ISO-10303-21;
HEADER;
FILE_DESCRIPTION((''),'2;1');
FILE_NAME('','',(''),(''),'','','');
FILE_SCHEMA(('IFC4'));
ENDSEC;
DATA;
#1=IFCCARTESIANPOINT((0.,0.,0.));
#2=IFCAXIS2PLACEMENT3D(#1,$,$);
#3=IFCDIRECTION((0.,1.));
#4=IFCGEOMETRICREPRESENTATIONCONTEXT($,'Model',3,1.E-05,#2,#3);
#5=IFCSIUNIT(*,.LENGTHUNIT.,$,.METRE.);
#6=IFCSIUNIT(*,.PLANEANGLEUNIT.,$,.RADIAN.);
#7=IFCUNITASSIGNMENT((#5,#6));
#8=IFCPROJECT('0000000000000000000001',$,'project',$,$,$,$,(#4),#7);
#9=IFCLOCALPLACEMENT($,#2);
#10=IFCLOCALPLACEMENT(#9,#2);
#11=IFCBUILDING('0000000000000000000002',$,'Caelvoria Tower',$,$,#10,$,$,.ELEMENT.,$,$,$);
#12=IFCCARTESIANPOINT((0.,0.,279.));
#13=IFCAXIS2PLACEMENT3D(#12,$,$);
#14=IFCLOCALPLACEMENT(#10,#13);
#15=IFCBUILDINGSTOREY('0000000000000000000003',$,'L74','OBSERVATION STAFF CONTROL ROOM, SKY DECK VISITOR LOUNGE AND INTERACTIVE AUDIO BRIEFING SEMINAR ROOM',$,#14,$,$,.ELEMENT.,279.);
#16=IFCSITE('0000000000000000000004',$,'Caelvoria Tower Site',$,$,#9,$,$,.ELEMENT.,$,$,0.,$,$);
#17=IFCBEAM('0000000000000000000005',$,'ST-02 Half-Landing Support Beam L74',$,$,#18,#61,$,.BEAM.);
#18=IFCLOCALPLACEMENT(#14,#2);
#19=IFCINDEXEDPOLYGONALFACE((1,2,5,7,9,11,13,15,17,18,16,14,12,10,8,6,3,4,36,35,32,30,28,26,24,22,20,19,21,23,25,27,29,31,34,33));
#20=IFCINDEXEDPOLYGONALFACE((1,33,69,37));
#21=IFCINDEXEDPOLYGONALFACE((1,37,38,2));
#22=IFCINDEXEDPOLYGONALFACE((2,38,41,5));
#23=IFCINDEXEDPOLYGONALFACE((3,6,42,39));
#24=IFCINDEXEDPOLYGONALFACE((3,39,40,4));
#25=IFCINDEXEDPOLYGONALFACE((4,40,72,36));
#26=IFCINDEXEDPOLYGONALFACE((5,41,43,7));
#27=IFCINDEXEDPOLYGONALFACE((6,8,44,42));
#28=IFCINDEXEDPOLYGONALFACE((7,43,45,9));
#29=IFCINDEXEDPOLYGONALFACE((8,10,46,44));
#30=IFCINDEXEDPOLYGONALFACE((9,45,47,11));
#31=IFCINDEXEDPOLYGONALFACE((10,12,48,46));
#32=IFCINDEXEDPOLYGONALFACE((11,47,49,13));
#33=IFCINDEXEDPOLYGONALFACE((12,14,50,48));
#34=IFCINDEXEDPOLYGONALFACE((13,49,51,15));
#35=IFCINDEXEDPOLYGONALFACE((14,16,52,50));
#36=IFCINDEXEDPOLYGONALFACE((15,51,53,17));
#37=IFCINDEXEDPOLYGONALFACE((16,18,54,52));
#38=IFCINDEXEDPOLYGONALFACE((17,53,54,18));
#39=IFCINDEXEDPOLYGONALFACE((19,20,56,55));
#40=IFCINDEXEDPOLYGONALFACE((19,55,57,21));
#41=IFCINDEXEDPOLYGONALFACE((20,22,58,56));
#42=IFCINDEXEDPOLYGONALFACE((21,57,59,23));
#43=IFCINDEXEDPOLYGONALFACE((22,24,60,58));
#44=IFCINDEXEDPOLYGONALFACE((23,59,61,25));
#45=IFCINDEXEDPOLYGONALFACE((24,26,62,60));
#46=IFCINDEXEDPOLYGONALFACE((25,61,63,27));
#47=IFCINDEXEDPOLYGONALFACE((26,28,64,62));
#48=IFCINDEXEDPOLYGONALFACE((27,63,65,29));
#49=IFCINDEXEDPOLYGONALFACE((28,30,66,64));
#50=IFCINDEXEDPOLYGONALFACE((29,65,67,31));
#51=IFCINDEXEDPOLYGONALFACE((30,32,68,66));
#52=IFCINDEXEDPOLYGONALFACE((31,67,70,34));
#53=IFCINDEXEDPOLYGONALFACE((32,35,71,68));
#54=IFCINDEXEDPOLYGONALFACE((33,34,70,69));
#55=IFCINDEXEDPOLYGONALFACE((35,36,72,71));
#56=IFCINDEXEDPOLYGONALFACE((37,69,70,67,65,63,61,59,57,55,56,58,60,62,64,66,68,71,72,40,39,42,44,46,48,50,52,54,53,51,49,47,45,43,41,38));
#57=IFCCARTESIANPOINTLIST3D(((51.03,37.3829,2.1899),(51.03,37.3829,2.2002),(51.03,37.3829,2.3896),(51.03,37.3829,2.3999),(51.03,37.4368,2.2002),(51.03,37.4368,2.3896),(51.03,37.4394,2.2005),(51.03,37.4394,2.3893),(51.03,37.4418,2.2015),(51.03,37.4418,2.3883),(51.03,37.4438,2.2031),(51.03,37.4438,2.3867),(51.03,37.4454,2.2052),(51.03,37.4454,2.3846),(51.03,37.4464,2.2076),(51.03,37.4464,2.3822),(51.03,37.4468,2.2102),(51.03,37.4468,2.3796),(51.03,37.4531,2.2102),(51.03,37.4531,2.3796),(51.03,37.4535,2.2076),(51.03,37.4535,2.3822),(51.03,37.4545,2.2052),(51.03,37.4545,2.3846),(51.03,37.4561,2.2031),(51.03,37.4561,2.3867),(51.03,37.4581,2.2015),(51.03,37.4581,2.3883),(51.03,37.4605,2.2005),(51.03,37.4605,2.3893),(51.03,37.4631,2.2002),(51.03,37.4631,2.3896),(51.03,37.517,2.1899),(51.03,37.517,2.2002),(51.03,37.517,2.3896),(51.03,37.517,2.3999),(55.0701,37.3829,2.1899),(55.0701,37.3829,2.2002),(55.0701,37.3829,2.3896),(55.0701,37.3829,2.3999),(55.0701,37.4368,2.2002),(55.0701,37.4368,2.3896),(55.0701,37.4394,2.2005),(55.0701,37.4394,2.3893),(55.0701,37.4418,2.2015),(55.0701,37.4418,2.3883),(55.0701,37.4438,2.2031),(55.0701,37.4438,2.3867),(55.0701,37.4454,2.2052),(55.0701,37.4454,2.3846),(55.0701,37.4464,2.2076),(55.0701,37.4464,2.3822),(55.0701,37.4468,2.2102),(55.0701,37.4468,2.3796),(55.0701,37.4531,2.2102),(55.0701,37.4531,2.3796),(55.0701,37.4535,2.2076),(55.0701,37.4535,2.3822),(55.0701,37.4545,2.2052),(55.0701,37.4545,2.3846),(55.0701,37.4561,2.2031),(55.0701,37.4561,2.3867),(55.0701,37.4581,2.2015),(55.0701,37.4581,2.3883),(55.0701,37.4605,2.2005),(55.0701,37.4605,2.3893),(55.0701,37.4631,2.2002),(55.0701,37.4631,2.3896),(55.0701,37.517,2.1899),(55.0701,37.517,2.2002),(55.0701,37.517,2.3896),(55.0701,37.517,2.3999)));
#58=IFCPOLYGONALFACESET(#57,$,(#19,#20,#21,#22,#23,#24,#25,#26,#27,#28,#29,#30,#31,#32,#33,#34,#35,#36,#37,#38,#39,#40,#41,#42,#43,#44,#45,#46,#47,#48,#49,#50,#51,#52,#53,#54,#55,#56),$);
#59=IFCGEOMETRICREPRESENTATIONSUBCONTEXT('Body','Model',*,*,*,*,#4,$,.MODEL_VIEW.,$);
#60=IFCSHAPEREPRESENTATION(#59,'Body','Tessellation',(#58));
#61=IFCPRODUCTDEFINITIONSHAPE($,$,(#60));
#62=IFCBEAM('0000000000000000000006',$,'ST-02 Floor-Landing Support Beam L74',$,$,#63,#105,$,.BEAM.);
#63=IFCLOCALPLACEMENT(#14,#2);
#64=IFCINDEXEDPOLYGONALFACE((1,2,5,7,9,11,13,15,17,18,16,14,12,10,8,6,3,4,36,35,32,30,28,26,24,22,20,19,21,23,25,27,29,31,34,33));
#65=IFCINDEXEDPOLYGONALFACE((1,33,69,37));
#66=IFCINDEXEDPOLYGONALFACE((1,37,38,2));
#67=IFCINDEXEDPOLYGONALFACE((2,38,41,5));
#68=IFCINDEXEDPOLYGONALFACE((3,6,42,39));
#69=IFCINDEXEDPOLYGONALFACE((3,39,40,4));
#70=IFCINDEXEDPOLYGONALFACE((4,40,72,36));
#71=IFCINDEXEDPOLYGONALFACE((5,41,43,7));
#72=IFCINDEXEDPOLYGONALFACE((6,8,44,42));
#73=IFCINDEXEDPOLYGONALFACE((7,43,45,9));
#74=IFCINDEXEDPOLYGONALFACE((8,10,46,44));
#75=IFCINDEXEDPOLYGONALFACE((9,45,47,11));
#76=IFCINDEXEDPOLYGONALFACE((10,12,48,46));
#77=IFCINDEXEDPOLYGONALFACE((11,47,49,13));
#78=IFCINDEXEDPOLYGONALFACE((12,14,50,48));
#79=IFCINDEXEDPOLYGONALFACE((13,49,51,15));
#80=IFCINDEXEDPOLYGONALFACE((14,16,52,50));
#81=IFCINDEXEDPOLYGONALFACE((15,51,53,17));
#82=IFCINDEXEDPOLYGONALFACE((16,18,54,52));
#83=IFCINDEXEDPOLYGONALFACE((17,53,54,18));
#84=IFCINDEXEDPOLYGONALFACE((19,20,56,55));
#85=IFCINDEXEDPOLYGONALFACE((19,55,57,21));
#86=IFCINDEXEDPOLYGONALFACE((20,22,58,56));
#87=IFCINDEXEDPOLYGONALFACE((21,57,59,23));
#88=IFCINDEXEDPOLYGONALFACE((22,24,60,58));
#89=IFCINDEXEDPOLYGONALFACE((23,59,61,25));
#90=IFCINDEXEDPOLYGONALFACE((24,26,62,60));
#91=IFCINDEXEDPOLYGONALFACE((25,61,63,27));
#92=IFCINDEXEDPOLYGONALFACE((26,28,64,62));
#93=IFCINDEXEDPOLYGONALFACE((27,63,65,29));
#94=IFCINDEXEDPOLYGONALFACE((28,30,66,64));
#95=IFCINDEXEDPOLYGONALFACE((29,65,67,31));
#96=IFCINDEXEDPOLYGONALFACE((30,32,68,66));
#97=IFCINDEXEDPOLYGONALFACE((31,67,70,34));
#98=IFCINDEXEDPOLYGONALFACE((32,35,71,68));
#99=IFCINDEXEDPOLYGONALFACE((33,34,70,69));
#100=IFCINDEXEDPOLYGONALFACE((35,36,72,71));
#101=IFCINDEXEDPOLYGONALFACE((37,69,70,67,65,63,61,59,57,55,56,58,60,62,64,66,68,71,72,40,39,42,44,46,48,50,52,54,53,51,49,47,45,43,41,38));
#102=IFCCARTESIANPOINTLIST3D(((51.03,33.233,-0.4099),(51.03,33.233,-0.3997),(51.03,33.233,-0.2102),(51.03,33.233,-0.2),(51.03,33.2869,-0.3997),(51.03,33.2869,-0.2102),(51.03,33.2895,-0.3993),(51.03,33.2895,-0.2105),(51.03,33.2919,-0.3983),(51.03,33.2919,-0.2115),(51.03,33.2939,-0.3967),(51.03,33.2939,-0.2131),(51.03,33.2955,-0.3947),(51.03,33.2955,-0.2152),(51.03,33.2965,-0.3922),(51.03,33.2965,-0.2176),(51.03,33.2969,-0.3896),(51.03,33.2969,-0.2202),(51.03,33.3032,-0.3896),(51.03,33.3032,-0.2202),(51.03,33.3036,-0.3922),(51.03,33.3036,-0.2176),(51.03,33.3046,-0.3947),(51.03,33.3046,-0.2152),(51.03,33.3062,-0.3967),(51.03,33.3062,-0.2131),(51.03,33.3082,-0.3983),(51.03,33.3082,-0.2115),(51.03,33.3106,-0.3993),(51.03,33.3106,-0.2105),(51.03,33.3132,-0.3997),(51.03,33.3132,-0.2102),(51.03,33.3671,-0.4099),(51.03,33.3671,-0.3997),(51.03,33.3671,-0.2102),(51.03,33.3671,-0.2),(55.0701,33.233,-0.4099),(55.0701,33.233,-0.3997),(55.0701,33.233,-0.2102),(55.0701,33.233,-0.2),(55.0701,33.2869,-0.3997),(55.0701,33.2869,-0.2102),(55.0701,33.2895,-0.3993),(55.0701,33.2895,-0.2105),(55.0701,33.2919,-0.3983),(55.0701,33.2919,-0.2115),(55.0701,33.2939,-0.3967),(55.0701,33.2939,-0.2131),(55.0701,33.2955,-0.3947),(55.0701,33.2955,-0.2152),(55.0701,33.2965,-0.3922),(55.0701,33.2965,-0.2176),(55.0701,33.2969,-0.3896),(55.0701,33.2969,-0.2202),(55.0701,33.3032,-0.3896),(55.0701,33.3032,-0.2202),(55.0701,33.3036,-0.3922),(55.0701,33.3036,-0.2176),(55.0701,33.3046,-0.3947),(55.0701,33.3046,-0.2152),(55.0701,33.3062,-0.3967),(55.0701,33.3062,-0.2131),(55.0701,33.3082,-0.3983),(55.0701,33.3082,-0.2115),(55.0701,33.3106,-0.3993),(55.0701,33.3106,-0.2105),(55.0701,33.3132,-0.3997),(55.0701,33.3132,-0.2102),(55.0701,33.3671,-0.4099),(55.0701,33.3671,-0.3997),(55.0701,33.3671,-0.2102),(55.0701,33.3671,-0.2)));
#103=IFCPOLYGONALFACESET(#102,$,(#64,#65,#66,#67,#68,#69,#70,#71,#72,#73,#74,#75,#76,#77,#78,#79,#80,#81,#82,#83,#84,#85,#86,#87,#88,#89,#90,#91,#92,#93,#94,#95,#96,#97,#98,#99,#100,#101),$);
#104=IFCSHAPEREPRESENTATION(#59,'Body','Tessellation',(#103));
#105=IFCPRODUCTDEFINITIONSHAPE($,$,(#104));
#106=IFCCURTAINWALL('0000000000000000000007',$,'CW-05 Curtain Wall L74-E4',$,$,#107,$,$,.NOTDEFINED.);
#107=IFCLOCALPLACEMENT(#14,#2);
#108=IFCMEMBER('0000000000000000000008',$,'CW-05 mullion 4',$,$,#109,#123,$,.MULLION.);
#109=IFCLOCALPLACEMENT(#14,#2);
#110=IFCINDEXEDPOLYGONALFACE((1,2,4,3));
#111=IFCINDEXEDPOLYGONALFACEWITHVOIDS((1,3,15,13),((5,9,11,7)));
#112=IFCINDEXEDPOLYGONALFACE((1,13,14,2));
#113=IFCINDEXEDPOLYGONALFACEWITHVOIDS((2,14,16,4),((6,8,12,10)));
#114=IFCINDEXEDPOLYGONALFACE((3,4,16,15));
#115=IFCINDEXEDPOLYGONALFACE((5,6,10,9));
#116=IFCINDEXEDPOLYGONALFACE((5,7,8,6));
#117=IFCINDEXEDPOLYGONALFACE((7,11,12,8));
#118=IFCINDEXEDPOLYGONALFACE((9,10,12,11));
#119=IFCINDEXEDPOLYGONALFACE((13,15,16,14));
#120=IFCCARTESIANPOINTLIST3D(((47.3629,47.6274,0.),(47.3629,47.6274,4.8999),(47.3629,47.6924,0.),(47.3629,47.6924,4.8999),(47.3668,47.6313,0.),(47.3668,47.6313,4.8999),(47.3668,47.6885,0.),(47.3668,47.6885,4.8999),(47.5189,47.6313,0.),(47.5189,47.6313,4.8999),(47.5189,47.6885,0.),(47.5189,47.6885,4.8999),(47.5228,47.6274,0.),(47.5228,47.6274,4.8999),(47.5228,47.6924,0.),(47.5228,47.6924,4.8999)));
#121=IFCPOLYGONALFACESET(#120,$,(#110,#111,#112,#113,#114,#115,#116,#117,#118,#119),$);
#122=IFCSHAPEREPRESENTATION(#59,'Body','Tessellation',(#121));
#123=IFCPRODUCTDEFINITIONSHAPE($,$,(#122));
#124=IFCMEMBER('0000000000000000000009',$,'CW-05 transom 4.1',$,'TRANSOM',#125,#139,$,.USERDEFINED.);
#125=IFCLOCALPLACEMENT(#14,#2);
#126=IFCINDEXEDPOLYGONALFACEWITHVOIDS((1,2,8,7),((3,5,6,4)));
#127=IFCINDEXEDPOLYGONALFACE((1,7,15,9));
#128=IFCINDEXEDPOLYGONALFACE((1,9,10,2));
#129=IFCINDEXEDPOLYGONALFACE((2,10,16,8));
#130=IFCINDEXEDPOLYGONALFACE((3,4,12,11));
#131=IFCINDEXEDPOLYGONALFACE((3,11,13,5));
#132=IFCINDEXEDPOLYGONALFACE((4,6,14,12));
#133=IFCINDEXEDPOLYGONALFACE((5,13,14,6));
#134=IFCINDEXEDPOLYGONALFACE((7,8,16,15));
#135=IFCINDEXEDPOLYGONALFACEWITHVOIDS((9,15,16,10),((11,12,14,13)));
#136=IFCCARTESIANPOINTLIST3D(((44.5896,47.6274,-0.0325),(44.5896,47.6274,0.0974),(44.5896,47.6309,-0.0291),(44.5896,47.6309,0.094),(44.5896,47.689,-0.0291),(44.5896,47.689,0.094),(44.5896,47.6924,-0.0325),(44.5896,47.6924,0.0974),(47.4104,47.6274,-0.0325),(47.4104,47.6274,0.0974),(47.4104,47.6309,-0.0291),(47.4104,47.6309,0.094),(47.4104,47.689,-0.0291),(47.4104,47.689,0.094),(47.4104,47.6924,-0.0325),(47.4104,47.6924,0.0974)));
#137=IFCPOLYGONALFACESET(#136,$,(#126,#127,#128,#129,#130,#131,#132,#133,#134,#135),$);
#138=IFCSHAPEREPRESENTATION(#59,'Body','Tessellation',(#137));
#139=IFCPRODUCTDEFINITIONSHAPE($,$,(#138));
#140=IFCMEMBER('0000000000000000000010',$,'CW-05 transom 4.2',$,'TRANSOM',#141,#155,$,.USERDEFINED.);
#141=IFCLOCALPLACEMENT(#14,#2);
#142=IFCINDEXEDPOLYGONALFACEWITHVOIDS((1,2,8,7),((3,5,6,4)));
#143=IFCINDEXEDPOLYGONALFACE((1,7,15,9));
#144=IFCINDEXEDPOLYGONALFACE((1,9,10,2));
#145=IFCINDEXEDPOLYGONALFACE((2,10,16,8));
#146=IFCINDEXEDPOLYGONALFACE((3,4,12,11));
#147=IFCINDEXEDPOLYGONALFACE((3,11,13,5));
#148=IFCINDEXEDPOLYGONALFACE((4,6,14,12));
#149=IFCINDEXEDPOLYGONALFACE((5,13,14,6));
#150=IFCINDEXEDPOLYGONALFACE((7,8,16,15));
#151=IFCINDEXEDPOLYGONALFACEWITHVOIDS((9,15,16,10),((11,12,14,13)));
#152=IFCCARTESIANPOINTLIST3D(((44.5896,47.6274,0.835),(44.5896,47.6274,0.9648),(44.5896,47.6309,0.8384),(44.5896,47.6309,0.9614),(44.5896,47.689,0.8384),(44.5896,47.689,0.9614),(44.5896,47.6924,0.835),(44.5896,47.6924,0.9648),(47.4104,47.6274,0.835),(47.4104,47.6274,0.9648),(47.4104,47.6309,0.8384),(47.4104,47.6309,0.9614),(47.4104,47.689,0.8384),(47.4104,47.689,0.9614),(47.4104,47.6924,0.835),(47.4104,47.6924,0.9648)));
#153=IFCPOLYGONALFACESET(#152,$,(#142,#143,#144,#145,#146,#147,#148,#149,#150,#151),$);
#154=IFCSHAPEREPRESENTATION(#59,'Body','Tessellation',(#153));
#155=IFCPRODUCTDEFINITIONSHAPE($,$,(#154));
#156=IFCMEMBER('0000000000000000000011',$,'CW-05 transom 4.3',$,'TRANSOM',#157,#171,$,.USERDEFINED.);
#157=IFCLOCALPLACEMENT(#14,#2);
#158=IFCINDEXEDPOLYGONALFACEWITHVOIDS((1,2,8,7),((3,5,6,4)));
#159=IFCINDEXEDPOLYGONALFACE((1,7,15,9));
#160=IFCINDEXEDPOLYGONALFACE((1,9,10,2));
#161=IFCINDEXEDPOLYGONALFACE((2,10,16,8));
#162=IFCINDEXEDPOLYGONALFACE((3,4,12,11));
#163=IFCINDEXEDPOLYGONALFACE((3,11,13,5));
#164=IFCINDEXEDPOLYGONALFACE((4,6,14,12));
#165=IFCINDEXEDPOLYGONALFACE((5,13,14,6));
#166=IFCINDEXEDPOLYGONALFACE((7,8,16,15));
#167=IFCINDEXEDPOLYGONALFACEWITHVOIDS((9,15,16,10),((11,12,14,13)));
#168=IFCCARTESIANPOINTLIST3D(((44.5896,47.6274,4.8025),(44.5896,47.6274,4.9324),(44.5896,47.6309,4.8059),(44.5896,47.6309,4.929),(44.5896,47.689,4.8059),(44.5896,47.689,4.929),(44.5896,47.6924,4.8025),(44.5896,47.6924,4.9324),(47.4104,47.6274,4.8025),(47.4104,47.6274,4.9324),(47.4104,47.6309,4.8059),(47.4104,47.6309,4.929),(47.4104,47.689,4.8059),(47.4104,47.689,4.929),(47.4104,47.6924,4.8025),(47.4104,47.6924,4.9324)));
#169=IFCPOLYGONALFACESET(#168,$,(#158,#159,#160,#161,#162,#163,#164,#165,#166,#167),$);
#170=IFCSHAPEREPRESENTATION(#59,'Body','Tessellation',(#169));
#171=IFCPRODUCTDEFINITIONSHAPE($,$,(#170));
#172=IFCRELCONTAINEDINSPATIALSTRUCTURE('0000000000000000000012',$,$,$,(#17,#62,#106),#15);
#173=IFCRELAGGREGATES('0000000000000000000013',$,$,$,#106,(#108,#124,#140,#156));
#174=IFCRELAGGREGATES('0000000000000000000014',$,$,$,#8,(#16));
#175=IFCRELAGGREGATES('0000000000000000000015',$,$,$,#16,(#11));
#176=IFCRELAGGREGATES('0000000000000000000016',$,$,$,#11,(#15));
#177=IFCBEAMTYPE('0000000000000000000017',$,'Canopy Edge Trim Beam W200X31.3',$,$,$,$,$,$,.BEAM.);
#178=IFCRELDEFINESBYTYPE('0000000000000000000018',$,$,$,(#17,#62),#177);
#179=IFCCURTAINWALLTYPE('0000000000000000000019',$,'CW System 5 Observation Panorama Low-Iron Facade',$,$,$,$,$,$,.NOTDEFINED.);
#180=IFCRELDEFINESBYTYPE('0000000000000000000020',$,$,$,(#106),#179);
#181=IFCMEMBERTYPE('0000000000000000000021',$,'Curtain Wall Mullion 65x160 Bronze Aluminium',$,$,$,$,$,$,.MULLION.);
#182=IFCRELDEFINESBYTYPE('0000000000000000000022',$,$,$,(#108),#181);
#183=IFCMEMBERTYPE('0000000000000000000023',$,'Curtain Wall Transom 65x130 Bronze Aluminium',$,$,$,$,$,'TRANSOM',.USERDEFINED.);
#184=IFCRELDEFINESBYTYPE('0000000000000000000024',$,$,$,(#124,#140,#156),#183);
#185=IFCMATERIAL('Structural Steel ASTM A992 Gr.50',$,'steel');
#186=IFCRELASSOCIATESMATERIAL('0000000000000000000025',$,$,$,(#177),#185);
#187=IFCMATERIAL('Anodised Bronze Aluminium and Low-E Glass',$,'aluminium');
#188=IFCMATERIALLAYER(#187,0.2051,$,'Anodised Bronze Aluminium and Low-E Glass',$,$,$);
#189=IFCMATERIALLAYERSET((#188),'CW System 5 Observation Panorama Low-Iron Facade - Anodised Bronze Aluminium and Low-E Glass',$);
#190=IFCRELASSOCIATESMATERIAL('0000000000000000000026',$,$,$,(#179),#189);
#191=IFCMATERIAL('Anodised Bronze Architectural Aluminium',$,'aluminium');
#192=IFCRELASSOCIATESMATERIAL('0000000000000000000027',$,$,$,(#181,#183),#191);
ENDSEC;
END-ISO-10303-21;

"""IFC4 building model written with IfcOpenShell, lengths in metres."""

from ifc_helpers import new_model, si_unit, direction, frame, origin, origin_2d, place, context, subcontext, project, spatial, hollow_rectangle, i_section, extrude, material, layer, layer_set, material_profile, profile_set, type_object, element, aggregate, save


model = new_model("IFC4")

# Units and contexts
model_context = context("Model", 3, precision=1e-05, world=origin(), true_north=direction((0.0, 1.0)))
body_context = subcontext(model_context, "Body", "Model", "MODEL_VIEW")
ifc_project = project(units=[si_unit("LENGTHUNIT", "METRE"), si_unit("PLANEANGLEUNIT", "RADIAN")], contexts=[model_context])

# Site, building, storey
site_placement = place(None, origin())
site = spatial("IfcSite", under=ifc_project, at=site_placement, Name="Caelvoria Tower Site", CompositionType="ELEMENT", RefElevation=0.0)
building_placement = place(site_placement, origin())
building = spatial("IfcBuilding", under=site, at=building_placement, Name="Caelvoria Tower", CompositionType="ELEMENT")
storey_placement = place(building_placement, frame((0.0, 0.0, 279.0)))
storey = spatial("IfcBuildingStorey", under=building, at=storey_placement, Name="L74", Description="OBSERVATION STAFF CONTROL ROOM, SKY DECK VISITOR LOUNGE AND INTERACTIVE AUDIO BRIEFING SEMINAR ROOM", CompositionType="ELEMENT", Elevation=279.0)

# Beams
ifc_material_1 = material(Name="Structural Steel ASTM A992 Gr.50", Category="steel")
ifc_material_profile_1 = material_profile(ifc_material_1, i_section(OverallWidth=0.134, OverallDepth=0.21, WebThickness=0.0063, FlangeThickness=0.0103, FilletRadius=0.01, at=origin_2d()), Name="Structural Steel ASTM A992 Gr.50")
ifc_profile_set_1 = profile_set([ifc_material_profile_1], Name="W200X31.3 - Structural Steel ASTM A992 Gr.50")
beam_type_1 = type_object("IfcBeamType", Name="Canopy Edge Trim Beam W200X31.3", PredefinedType="BEAM", material=ifc_profile_set_1)
for number, where, z_axis, x_axis, name in (
    (1, (51.03, 37.45, 2.2949), (1.0, 0.0, 0.0), (0.0, 1.0, 0.0), "ST-02 Half-Landing Support Beam L74"),
    (2, (51.03, 33.3, -0.3049), (1.0, 0.0, 0.0), (0.0, 1.0, 0.0), "ST-02 Floor-Landing Support Beam L74"),
):
    element("IfcBeam", number, at=place(storey_placement, frame(where, z_axis=z_axis, x_axis=x_axis)), inside=storey, type_object=beam_type_1, Name=name, PredefinedType="BEAM", context=body_context, shape_type="SweptSolid", body=[
        extrude(i_section(OverallWidth=0.134, OverallDepth=0.21, WebThickness=0.0063, FlangeThickness=0.0103, FilletRadius=0.01, at=origin_2d()), origin(), (0.0, 0.0, 1.0), 4.04),
    ])

# Curtain wall, members
ifc_material_2 = material(Name="Anodised Bronze Aluminium and Low-E Glass", Category="aluminium")
ifc_layer_1 = layer(ifc_material_2, 0.2051, Name="Anodised Bronze Aluminium and Low-E Glass")
ifc_layer_set_1 = layer_set([ifc_layer_1], Name="CW System 5 Observation Panorama Low-Iron Facade - Anodised Bronze Aluminium and Low-E Glass")
curtain_wall_type = type_object("IfcCurtainWallType", Name="CW System 5 Observation Panorama Low-Iron Facade", PredefinedType="NOTDEFINED", material=ifc_layer_set_1)
curtain_wall_1_placement = place(storey_placement, origin())
curtain_wall_1 = element("IfcCurtainWall", 3, at=curtain_wall_1_placement, inside=storey, type_object=curtain_wall_type, Name="CW-05 Curtain Wall L74-E4", PredefinedType="NOTDEFINED")
ifc_material_3 = material(Name="Anodised Bronze Architectural Aluminium", Category="aluminium")
ifc_material_profile_2 = material_profile(ifc_material_3, hollow_rectangle(XDim=0.0649, YDim=0.1599, WallThickness=0.0039, at=origin_2d()), Name="Anodised Bronze Architectural Aluminium")
ifc_profile_set_2 = profile_set([ifc_material_profile_2], Name="CW_MULL_65X160 - Anodised Bronze Architectural Aluminium")
member_type_1 = type_object("IfcMemberType", Name="Curtain Wall Mullion 65x160 Bronze Aluminium", PredefinedType="MULLION", material=ifc_profile_set_2)
member_1_placement = place(storey_placement, frame((47.4429, 47.6599, 0.0), z_axis=(0.0, 0.0, 1.0), x_axis=(0.0, -1.0, 0.0)))
member_1 = element("IfcMember", 4, at=member_1_placement, type_object=member_type_1, Name="CW-05 mullion 4", PredefinedType="MULLION", context=body_context, shape_type="SweptSolid", body=[
    extrude(hollow_rectangle(XDim=0.0649, YDim=0.1599, WallThickness=0.0039, at=origin_2d()), origin(), (0.0, 0.0, 1.0), 4.8999),
])
ifc_material_profile_3 = material_profile(ifc_material_3, hollow_rectangle(XDim=0.0649, YDim=0.1299, WallThickness=0.0034, at=origin_2d()), Name="Anodised Bronze Architectural Aluminium")
ifc_profile_set_3 = profile_set([ifc_material_profile_3], Name="CW_TRAN_65X130 - Anodised Bronze Architectural Aluminium")
member_type_2 = type_object("IfcMemberType", Name="Curtain Wall Transom 65x130 Bronze Aluminium", ElementType="TRANSOM", PredefinedType="USERDEFINED", material=ifc_profile_set_3)
member_2_placement = place(storey_placement, frame((47.4104, 47.6599, 0.0325), z_axis=(-1.0, 0.0, 0.0), x_axis=(0.0, -1.0, 0.0)))
member_2 = element("IfcMember", 5, at=member_2_placement, type_object=member_type_2, Name="CW-05 transom 4.1", ObjectType="TRANSOM", PredefinedType="USERDEFINED", context=body_context, shape_type="SweptSolid", body=[
    extrude(hollow_rectangle(XDim=0.0649, YDim=0.1299, WallThickness=0.0034, at=origin_2d()), origin(), (0.0, 0.0, 1.0), 2.8208),
])
member_3_placement = place(storey_placement, frame((47.4104, 47.6599, 0.8999), z_axis=(-1.0, 0.0, 0.0), x_axis=(0.0, -1.0, 0.0)))
member_3 = element("IfcMember", 6, at=member_3_placement, type_object=member_type_2, Name="CW-05 transom 4.2", ObjectType="TRANSOM", PredefinedType="USERDEFINED", context=body_context, shape_type="SweptSolid", body=[
    extrude(hollow_rectangle(XDim=0.0649, YDim=0.1299, WallThickness=0.0034, at=origin_2d()), origin(), (0.0, 0.0, 1.0), 2.8208),
])
member_4_placement = place(storey_placement, frame((47.4104, 47.6599, 4.8674), z_axis=(-1.0, 0.0, 0.0), x_axis=(0.0, -1.0, 0.0)))
member_4 = element("IfcMember", 7, at=member_4_placement, type_object=member_type_2, Name="CW-05 transom 4.3", ObjectType="TRANSOM", PredefinedType="USERDEFINED", context=body_context, shape_type="SweptSolid", body=[
    extrude(hollow_rectangle(XDim=0.0649, YDim=0.1299, WallThickness=0.0034, at=origin_2d()), origin(), (0.0, 0.0, 1.0), 2.8208),
])

aggregate(curtain_wall_1, [member_1, member_2, member_3, member_4])

save(model, "model.ifc")
